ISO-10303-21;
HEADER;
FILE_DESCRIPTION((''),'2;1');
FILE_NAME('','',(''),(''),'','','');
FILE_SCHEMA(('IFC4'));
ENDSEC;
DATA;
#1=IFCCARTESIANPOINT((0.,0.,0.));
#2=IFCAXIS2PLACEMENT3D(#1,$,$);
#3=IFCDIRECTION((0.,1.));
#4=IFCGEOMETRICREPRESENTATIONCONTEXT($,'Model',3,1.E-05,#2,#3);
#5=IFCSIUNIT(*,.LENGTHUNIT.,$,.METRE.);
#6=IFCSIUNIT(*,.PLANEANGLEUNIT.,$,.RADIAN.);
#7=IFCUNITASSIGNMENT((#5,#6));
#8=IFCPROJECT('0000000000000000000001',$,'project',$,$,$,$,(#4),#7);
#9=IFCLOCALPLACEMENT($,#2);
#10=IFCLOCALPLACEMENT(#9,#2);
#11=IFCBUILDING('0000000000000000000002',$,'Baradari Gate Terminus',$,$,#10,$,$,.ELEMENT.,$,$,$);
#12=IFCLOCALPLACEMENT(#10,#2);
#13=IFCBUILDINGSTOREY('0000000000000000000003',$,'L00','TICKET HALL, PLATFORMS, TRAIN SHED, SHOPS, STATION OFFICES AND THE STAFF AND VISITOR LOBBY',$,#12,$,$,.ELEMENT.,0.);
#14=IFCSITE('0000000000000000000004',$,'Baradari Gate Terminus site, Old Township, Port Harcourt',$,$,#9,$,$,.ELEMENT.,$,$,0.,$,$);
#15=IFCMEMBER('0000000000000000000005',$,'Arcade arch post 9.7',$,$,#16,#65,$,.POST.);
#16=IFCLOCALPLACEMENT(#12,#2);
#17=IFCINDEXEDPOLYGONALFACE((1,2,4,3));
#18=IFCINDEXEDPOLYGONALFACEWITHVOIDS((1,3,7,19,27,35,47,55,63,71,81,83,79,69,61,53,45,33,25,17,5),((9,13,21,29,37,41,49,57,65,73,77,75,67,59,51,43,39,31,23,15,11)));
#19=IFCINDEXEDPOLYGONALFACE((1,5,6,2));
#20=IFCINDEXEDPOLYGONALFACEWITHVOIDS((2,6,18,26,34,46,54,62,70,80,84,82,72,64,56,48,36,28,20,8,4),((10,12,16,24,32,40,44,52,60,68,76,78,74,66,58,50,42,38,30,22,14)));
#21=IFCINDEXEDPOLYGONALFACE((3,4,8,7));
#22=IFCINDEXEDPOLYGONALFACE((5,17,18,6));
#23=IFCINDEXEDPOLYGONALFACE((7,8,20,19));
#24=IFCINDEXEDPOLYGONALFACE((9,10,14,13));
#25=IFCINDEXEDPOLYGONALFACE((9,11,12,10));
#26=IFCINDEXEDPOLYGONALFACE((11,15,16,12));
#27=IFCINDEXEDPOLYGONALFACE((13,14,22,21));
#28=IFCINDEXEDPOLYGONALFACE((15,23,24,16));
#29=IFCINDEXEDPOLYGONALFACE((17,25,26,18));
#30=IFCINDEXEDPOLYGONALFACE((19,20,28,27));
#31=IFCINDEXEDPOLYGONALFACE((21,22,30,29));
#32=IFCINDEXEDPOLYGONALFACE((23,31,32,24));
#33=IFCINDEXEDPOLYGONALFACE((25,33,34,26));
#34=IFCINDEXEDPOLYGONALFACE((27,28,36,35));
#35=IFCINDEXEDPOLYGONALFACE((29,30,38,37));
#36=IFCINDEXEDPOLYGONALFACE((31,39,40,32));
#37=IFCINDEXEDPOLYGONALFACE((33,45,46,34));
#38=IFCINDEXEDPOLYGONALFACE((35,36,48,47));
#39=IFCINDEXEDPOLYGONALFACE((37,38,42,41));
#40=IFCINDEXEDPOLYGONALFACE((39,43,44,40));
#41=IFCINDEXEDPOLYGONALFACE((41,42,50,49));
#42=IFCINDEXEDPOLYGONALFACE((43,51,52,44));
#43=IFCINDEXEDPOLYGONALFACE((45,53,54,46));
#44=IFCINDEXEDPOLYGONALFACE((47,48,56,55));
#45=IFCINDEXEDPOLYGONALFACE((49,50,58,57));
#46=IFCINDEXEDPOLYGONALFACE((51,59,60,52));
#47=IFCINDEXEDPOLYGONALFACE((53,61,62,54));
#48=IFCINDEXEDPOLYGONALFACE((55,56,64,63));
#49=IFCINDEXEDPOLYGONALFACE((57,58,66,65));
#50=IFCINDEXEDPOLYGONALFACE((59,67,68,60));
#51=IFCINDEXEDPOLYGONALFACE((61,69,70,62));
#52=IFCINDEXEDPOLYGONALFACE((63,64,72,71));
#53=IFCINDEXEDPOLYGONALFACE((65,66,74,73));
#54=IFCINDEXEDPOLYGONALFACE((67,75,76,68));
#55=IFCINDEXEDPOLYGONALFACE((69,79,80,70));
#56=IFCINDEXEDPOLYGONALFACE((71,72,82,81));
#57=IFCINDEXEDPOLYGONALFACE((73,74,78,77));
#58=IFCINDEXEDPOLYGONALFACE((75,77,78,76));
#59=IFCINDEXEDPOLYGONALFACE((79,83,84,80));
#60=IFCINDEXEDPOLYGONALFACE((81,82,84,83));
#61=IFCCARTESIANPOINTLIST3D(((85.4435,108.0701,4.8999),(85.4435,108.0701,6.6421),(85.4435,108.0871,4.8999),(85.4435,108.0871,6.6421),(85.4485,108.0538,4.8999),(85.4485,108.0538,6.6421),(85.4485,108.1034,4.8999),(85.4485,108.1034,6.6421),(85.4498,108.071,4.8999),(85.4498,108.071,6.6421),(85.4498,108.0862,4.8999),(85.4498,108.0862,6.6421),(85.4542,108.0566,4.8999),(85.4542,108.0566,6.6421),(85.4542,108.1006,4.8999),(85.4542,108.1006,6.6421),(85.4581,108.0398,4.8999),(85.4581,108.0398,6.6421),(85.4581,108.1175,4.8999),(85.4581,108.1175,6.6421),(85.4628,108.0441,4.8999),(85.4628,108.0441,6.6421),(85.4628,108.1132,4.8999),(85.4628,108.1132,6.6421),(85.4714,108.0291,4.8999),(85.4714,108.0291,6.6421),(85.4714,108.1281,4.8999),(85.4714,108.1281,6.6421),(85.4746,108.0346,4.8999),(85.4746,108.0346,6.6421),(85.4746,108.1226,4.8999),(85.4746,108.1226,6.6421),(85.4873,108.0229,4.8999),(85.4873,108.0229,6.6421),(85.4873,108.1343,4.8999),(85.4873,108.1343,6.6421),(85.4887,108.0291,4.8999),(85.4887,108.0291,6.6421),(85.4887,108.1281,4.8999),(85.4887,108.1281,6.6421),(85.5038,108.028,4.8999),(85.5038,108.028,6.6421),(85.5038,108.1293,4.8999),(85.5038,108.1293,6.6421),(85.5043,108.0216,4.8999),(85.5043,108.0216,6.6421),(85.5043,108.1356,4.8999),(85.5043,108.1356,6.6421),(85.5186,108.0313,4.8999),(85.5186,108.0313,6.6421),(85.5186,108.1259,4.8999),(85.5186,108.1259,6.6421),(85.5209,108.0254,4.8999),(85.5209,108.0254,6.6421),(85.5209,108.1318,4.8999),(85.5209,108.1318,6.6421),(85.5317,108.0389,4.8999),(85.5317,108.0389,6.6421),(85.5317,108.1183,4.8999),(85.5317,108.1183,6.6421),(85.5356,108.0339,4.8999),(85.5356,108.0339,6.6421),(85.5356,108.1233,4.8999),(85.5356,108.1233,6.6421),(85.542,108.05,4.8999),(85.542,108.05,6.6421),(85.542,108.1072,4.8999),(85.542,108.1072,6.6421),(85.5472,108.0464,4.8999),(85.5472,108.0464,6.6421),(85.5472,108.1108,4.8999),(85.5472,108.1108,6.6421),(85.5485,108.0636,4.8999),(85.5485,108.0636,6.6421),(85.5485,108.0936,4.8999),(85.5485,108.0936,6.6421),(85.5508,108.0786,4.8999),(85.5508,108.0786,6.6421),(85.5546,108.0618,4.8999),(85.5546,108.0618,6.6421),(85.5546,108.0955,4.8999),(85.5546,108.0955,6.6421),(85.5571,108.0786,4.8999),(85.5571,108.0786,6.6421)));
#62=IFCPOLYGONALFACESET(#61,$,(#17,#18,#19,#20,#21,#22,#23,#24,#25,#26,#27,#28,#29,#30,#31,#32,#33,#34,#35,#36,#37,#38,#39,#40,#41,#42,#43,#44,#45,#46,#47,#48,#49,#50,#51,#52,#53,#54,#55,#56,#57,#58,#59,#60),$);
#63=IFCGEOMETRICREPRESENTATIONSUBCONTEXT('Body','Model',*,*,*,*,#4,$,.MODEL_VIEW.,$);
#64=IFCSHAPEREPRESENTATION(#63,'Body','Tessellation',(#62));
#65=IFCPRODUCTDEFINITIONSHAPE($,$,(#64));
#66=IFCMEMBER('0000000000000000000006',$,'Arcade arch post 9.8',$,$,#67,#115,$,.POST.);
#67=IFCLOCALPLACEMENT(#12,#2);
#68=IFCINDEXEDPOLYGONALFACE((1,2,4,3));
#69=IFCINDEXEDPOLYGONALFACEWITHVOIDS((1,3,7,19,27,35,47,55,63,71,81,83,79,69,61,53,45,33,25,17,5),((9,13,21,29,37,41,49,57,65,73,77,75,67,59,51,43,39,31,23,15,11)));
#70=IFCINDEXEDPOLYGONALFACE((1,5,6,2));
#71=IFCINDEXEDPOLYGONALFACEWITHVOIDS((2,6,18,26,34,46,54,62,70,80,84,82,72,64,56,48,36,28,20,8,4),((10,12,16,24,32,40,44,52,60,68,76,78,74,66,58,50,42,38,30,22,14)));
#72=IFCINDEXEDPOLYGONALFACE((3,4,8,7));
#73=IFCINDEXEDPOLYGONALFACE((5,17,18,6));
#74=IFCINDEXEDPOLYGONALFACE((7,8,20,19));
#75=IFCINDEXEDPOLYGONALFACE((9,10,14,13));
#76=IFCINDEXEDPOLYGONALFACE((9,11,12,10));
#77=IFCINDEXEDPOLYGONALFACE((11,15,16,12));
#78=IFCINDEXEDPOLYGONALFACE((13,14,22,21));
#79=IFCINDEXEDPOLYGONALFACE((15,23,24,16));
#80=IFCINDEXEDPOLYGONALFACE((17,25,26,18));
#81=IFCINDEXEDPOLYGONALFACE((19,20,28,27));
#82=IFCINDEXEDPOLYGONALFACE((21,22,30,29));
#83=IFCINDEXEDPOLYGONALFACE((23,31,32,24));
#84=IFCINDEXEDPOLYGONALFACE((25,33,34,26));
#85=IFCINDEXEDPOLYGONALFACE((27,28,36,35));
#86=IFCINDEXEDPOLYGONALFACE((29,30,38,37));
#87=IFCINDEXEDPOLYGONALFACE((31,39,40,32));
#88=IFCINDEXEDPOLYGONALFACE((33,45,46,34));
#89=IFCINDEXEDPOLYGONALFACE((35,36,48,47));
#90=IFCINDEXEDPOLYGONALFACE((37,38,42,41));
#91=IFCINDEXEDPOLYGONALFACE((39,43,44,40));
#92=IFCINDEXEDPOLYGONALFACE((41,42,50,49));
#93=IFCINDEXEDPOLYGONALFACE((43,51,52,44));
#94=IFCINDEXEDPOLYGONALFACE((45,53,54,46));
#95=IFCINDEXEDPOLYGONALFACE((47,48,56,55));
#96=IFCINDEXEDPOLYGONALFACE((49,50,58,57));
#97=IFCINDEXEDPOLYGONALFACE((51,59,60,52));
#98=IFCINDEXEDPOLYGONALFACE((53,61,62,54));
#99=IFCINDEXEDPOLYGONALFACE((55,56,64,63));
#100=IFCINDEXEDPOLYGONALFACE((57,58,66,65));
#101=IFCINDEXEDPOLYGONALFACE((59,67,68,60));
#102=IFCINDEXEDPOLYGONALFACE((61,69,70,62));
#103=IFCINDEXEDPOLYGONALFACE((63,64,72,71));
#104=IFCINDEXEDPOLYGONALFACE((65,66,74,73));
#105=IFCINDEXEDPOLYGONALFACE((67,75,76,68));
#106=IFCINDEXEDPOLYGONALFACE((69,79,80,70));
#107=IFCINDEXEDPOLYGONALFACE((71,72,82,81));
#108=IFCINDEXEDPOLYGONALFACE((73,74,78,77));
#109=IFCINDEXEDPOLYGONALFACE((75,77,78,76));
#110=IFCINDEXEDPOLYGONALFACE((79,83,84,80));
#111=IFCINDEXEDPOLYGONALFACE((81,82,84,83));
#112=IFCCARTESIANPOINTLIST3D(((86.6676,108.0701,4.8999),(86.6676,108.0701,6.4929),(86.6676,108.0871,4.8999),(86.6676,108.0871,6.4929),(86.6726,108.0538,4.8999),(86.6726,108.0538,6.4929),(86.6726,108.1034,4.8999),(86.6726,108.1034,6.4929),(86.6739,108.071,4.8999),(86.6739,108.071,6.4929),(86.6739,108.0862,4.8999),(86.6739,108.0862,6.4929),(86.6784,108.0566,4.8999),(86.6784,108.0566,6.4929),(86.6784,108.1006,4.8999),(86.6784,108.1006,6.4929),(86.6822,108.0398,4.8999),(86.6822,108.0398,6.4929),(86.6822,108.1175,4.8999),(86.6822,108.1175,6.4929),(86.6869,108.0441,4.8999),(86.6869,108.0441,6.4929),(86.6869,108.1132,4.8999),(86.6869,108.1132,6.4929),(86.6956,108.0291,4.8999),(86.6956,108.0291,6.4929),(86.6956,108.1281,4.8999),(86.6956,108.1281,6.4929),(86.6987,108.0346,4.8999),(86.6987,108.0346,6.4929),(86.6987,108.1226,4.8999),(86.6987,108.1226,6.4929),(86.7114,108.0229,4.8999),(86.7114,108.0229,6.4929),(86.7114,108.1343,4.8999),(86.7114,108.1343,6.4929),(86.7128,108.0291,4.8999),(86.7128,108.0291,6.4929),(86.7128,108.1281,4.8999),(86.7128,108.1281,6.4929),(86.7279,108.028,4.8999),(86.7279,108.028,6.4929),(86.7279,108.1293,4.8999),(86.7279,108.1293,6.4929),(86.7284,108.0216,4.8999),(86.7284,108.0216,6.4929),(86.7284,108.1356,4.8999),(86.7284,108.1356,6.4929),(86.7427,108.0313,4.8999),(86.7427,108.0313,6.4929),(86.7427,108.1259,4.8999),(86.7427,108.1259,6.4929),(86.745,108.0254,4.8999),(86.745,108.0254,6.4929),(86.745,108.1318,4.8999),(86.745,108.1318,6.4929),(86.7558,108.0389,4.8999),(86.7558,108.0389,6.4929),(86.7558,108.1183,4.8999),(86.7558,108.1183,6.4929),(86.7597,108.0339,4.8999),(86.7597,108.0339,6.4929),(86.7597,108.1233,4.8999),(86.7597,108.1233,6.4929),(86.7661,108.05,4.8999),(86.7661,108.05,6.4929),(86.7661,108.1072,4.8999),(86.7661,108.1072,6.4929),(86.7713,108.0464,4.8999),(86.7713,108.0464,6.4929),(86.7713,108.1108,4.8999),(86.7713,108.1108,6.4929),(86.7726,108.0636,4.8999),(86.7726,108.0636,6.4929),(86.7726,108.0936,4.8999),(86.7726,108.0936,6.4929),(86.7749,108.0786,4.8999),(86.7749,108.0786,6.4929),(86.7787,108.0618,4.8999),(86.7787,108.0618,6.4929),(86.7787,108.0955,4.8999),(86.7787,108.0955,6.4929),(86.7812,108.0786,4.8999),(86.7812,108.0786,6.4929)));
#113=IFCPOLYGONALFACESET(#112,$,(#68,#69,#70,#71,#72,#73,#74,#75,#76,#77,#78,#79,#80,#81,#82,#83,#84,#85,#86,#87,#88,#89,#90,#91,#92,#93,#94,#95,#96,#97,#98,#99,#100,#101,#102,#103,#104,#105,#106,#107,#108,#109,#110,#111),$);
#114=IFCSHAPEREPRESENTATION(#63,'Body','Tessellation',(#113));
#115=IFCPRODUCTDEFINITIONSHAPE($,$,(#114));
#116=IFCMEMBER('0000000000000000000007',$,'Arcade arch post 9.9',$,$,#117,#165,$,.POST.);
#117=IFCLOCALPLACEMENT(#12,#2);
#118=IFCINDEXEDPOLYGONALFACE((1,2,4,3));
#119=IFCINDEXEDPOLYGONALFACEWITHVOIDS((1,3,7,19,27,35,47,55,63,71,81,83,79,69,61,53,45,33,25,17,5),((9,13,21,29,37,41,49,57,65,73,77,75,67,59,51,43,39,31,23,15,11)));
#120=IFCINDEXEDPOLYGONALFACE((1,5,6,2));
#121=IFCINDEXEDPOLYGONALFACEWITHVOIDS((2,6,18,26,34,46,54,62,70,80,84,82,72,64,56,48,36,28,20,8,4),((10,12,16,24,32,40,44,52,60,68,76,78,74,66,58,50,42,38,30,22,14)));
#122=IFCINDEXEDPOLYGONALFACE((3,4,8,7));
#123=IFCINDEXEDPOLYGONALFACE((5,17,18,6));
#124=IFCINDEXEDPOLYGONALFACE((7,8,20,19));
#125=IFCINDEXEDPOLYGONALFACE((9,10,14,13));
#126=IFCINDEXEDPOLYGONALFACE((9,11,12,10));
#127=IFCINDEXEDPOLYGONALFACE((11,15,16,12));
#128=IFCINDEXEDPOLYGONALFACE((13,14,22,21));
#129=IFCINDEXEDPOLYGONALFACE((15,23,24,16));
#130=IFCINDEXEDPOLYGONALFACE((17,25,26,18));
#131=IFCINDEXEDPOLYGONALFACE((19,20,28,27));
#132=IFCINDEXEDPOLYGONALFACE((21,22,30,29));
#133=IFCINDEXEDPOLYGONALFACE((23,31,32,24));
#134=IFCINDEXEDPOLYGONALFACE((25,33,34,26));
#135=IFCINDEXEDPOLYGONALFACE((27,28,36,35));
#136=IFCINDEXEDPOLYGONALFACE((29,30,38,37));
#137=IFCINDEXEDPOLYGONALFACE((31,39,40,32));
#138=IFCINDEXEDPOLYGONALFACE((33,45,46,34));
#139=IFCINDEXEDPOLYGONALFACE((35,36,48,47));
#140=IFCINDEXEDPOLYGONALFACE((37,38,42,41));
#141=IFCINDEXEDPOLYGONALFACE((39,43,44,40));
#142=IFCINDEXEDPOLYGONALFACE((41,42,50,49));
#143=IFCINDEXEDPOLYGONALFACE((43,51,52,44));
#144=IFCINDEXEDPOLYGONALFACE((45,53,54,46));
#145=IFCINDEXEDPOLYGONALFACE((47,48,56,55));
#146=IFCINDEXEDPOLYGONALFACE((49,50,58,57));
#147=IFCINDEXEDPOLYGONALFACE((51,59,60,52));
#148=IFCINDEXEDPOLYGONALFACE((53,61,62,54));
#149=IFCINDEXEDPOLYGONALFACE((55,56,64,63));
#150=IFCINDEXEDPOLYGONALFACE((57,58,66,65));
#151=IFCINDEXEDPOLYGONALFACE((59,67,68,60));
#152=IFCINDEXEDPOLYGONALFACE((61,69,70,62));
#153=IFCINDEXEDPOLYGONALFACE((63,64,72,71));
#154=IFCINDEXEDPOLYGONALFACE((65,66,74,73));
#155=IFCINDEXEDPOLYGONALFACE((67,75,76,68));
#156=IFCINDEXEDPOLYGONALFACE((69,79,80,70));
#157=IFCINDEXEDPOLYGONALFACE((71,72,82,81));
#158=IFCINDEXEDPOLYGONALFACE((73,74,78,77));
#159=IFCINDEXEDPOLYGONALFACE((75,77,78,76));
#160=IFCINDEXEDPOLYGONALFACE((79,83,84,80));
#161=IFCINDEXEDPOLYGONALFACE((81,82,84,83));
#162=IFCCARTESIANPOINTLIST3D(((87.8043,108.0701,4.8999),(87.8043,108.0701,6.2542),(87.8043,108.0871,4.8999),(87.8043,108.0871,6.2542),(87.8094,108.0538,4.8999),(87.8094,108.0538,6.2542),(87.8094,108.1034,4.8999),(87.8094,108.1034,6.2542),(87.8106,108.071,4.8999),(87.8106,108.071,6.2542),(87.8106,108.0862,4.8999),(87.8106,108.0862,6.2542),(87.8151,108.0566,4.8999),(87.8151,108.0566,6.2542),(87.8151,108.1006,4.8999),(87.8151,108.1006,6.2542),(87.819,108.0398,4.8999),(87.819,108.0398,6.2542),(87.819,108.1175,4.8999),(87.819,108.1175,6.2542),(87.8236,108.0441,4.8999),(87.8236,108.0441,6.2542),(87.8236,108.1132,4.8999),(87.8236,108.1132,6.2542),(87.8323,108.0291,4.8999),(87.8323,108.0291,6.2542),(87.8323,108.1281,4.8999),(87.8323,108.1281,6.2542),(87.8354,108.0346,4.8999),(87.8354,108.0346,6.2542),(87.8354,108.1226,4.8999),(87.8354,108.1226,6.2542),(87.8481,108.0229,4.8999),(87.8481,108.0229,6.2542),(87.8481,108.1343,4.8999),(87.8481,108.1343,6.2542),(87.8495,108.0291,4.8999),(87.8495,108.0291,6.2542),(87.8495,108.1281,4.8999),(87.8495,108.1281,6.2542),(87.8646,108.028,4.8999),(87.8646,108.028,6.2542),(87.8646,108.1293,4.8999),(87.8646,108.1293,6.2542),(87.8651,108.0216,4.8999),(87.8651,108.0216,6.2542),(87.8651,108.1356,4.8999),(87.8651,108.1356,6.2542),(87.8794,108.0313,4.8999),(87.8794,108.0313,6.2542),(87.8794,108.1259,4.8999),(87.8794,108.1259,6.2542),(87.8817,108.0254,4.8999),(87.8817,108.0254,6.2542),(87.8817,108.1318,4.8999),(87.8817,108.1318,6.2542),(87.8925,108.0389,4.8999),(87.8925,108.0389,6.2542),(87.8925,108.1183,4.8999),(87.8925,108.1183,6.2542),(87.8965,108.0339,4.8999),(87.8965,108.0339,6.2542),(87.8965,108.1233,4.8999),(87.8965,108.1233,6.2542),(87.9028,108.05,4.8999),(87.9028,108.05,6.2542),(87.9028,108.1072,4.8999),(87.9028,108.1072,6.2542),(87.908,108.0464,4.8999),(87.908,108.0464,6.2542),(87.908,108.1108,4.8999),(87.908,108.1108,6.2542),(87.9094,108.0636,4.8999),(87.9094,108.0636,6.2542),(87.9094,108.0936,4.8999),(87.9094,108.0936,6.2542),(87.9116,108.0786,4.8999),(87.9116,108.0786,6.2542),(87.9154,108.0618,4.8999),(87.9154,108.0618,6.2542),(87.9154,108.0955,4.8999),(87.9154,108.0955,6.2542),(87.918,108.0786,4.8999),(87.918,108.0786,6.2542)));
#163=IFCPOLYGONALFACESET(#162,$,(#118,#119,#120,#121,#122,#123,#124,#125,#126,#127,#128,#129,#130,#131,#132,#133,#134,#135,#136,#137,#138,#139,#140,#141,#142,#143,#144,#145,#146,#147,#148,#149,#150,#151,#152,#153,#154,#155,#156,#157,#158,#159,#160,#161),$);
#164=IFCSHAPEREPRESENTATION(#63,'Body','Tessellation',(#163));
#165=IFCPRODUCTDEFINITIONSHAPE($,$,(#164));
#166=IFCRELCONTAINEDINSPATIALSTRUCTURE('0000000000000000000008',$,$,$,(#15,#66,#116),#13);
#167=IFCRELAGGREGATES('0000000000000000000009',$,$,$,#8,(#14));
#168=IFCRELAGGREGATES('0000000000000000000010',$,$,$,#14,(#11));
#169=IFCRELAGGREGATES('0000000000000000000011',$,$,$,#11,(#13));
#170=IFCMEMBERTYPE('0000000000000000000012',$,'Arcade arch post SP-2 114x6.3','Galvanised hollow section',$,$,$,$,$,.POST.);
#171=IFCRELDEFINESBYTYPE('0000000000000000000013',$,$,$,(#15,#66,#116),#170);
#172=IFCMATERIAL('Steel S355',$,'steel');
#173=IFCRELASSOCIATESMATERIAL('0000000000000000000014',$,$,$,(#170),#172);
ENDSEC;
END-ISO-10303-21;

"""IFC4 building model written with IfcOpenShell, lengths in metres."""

from ifc_helpers import new_model, si_unit, direction, frame, origin, origin_2d, place, context, subcontext, project, spatial, hollow_circle, extrude, material, material_profile, profile_set, type_object, element, save


model = new_model("IFC4")

# Units and contexts
model_context = context("Model", 3, precision=1e-05, world=origin(), true_north=direction((0.0, 1.0)))
body_context = subcontext(model_context, "Body", "Model", "MODEL_VIEW")
ifc_project = project(units=[si_unit("LENGTHUNIT", "METRE"), si_unit("PLANEANGLEUNIT", "RADIAN")], contexts=[model_context])

# Site, building, storey
site_placement = place(None, origin())
site = spatial("IfcSite", under=ifc_project, at=site_placement, Name="Baradari Gate Terminus site, Old Township, Port Harcourt", CompositionType="ELEMENT", RefElevation=0.0)
building_placement = place(site_placement, origin())
building = spatial("IfcBuilding", under=site, at=building_placement, Name="Baradari Gate Terminus", CompositionType="ELEMENT")
storey_placement = place(building_placement, origin())
storey = spatial("IfcBuildingStorey", under=building, at=storey_placement, Name="L00", Description="TICKET HALL, PLATFORMS, TRAIN SHED, SHOPS, STATION OFFICES AND THE STAFF AND VISITOR LOBBY", CompositionType="ELEMENT", Elevation=0.0)

# Members
ifc_material_1 = material(Name="Steel S355", Category="steel")
ifc_material_profile_1 = material_profile(ifc_material_1, hollow_circle(Radius=0.0571, WallThickness=0.0063, at=origin_2d()), Name="CHS 114.3x6.3")
ifc_profile_set_1 = profile_set([ifc_material_profile_1], Name="Steel S355")
member_type = type_object("IfcMemberType", Name="Arcade arch post SP-2 114x6.3", Description="Galvanised hollow section", PredefinedType="POST", material=ifc_profile_set_1)
member_1_placement = place(storey_placement, frame((85.5, 108.0786, 4.8999), z_axis=(0.0, 0.0, 1.0), x_axis=(1.0, 0.0, 0.0)))
element("IfcMember", 1, at=member_1_placement, inside=storey, type_object=member_type, Name="Arcade arch post 9.7", PredefinedType="POST", context=body_context, shape_type="SweptSolid", body=[
    extrude(hollow_circle(Radius=0.0571, WallThickness=0.0063, at=origin_2d()), origin(), (0.0, 0.0, 1.0), 1.7422),
])
member_2_placement = place(storey_placement, frame((86.7241, 108.0786, 4.8999), z_axis=(0.0, 0.0, 1.0), x_axis=(1.0, 0.0, 0.0)))
element("IfcMember", 2, at=member_2_placement, inside=storey, type_object=member_type, Name="Arcade arch post 9.8", PredefinedType="POST", context=body_context, shape_type="SweptSolid", body=[
    extrude(hollow_circle(Radius=0.0571, WallThickness=0.0063, at=origin_2d()), origin(), (0.0, 0.0, 1.0), 1.593),
])
member_3_placement = place(storey_placement, frame((87.8608, 108.0786, 4.8999), z_axis=(0.0, 0.0, 1.0), x_axis=(1.0, 0.0, 0.0)))
element("IfcMember", 3, at=member_3_placement, inside=storey, type_object=member_type, Name="Arcade arch post 9.9", PredefinedType="POST", context=body_context, shape_type="SweptSolid", body=[
    extrude(hollow_circle(Radius=0.0571, WallThickness=0.0063, at=origin_2d()), origin(), (0.0, 0.0, 1.0), 1.3542),
])

save(model, "model.ifc")
